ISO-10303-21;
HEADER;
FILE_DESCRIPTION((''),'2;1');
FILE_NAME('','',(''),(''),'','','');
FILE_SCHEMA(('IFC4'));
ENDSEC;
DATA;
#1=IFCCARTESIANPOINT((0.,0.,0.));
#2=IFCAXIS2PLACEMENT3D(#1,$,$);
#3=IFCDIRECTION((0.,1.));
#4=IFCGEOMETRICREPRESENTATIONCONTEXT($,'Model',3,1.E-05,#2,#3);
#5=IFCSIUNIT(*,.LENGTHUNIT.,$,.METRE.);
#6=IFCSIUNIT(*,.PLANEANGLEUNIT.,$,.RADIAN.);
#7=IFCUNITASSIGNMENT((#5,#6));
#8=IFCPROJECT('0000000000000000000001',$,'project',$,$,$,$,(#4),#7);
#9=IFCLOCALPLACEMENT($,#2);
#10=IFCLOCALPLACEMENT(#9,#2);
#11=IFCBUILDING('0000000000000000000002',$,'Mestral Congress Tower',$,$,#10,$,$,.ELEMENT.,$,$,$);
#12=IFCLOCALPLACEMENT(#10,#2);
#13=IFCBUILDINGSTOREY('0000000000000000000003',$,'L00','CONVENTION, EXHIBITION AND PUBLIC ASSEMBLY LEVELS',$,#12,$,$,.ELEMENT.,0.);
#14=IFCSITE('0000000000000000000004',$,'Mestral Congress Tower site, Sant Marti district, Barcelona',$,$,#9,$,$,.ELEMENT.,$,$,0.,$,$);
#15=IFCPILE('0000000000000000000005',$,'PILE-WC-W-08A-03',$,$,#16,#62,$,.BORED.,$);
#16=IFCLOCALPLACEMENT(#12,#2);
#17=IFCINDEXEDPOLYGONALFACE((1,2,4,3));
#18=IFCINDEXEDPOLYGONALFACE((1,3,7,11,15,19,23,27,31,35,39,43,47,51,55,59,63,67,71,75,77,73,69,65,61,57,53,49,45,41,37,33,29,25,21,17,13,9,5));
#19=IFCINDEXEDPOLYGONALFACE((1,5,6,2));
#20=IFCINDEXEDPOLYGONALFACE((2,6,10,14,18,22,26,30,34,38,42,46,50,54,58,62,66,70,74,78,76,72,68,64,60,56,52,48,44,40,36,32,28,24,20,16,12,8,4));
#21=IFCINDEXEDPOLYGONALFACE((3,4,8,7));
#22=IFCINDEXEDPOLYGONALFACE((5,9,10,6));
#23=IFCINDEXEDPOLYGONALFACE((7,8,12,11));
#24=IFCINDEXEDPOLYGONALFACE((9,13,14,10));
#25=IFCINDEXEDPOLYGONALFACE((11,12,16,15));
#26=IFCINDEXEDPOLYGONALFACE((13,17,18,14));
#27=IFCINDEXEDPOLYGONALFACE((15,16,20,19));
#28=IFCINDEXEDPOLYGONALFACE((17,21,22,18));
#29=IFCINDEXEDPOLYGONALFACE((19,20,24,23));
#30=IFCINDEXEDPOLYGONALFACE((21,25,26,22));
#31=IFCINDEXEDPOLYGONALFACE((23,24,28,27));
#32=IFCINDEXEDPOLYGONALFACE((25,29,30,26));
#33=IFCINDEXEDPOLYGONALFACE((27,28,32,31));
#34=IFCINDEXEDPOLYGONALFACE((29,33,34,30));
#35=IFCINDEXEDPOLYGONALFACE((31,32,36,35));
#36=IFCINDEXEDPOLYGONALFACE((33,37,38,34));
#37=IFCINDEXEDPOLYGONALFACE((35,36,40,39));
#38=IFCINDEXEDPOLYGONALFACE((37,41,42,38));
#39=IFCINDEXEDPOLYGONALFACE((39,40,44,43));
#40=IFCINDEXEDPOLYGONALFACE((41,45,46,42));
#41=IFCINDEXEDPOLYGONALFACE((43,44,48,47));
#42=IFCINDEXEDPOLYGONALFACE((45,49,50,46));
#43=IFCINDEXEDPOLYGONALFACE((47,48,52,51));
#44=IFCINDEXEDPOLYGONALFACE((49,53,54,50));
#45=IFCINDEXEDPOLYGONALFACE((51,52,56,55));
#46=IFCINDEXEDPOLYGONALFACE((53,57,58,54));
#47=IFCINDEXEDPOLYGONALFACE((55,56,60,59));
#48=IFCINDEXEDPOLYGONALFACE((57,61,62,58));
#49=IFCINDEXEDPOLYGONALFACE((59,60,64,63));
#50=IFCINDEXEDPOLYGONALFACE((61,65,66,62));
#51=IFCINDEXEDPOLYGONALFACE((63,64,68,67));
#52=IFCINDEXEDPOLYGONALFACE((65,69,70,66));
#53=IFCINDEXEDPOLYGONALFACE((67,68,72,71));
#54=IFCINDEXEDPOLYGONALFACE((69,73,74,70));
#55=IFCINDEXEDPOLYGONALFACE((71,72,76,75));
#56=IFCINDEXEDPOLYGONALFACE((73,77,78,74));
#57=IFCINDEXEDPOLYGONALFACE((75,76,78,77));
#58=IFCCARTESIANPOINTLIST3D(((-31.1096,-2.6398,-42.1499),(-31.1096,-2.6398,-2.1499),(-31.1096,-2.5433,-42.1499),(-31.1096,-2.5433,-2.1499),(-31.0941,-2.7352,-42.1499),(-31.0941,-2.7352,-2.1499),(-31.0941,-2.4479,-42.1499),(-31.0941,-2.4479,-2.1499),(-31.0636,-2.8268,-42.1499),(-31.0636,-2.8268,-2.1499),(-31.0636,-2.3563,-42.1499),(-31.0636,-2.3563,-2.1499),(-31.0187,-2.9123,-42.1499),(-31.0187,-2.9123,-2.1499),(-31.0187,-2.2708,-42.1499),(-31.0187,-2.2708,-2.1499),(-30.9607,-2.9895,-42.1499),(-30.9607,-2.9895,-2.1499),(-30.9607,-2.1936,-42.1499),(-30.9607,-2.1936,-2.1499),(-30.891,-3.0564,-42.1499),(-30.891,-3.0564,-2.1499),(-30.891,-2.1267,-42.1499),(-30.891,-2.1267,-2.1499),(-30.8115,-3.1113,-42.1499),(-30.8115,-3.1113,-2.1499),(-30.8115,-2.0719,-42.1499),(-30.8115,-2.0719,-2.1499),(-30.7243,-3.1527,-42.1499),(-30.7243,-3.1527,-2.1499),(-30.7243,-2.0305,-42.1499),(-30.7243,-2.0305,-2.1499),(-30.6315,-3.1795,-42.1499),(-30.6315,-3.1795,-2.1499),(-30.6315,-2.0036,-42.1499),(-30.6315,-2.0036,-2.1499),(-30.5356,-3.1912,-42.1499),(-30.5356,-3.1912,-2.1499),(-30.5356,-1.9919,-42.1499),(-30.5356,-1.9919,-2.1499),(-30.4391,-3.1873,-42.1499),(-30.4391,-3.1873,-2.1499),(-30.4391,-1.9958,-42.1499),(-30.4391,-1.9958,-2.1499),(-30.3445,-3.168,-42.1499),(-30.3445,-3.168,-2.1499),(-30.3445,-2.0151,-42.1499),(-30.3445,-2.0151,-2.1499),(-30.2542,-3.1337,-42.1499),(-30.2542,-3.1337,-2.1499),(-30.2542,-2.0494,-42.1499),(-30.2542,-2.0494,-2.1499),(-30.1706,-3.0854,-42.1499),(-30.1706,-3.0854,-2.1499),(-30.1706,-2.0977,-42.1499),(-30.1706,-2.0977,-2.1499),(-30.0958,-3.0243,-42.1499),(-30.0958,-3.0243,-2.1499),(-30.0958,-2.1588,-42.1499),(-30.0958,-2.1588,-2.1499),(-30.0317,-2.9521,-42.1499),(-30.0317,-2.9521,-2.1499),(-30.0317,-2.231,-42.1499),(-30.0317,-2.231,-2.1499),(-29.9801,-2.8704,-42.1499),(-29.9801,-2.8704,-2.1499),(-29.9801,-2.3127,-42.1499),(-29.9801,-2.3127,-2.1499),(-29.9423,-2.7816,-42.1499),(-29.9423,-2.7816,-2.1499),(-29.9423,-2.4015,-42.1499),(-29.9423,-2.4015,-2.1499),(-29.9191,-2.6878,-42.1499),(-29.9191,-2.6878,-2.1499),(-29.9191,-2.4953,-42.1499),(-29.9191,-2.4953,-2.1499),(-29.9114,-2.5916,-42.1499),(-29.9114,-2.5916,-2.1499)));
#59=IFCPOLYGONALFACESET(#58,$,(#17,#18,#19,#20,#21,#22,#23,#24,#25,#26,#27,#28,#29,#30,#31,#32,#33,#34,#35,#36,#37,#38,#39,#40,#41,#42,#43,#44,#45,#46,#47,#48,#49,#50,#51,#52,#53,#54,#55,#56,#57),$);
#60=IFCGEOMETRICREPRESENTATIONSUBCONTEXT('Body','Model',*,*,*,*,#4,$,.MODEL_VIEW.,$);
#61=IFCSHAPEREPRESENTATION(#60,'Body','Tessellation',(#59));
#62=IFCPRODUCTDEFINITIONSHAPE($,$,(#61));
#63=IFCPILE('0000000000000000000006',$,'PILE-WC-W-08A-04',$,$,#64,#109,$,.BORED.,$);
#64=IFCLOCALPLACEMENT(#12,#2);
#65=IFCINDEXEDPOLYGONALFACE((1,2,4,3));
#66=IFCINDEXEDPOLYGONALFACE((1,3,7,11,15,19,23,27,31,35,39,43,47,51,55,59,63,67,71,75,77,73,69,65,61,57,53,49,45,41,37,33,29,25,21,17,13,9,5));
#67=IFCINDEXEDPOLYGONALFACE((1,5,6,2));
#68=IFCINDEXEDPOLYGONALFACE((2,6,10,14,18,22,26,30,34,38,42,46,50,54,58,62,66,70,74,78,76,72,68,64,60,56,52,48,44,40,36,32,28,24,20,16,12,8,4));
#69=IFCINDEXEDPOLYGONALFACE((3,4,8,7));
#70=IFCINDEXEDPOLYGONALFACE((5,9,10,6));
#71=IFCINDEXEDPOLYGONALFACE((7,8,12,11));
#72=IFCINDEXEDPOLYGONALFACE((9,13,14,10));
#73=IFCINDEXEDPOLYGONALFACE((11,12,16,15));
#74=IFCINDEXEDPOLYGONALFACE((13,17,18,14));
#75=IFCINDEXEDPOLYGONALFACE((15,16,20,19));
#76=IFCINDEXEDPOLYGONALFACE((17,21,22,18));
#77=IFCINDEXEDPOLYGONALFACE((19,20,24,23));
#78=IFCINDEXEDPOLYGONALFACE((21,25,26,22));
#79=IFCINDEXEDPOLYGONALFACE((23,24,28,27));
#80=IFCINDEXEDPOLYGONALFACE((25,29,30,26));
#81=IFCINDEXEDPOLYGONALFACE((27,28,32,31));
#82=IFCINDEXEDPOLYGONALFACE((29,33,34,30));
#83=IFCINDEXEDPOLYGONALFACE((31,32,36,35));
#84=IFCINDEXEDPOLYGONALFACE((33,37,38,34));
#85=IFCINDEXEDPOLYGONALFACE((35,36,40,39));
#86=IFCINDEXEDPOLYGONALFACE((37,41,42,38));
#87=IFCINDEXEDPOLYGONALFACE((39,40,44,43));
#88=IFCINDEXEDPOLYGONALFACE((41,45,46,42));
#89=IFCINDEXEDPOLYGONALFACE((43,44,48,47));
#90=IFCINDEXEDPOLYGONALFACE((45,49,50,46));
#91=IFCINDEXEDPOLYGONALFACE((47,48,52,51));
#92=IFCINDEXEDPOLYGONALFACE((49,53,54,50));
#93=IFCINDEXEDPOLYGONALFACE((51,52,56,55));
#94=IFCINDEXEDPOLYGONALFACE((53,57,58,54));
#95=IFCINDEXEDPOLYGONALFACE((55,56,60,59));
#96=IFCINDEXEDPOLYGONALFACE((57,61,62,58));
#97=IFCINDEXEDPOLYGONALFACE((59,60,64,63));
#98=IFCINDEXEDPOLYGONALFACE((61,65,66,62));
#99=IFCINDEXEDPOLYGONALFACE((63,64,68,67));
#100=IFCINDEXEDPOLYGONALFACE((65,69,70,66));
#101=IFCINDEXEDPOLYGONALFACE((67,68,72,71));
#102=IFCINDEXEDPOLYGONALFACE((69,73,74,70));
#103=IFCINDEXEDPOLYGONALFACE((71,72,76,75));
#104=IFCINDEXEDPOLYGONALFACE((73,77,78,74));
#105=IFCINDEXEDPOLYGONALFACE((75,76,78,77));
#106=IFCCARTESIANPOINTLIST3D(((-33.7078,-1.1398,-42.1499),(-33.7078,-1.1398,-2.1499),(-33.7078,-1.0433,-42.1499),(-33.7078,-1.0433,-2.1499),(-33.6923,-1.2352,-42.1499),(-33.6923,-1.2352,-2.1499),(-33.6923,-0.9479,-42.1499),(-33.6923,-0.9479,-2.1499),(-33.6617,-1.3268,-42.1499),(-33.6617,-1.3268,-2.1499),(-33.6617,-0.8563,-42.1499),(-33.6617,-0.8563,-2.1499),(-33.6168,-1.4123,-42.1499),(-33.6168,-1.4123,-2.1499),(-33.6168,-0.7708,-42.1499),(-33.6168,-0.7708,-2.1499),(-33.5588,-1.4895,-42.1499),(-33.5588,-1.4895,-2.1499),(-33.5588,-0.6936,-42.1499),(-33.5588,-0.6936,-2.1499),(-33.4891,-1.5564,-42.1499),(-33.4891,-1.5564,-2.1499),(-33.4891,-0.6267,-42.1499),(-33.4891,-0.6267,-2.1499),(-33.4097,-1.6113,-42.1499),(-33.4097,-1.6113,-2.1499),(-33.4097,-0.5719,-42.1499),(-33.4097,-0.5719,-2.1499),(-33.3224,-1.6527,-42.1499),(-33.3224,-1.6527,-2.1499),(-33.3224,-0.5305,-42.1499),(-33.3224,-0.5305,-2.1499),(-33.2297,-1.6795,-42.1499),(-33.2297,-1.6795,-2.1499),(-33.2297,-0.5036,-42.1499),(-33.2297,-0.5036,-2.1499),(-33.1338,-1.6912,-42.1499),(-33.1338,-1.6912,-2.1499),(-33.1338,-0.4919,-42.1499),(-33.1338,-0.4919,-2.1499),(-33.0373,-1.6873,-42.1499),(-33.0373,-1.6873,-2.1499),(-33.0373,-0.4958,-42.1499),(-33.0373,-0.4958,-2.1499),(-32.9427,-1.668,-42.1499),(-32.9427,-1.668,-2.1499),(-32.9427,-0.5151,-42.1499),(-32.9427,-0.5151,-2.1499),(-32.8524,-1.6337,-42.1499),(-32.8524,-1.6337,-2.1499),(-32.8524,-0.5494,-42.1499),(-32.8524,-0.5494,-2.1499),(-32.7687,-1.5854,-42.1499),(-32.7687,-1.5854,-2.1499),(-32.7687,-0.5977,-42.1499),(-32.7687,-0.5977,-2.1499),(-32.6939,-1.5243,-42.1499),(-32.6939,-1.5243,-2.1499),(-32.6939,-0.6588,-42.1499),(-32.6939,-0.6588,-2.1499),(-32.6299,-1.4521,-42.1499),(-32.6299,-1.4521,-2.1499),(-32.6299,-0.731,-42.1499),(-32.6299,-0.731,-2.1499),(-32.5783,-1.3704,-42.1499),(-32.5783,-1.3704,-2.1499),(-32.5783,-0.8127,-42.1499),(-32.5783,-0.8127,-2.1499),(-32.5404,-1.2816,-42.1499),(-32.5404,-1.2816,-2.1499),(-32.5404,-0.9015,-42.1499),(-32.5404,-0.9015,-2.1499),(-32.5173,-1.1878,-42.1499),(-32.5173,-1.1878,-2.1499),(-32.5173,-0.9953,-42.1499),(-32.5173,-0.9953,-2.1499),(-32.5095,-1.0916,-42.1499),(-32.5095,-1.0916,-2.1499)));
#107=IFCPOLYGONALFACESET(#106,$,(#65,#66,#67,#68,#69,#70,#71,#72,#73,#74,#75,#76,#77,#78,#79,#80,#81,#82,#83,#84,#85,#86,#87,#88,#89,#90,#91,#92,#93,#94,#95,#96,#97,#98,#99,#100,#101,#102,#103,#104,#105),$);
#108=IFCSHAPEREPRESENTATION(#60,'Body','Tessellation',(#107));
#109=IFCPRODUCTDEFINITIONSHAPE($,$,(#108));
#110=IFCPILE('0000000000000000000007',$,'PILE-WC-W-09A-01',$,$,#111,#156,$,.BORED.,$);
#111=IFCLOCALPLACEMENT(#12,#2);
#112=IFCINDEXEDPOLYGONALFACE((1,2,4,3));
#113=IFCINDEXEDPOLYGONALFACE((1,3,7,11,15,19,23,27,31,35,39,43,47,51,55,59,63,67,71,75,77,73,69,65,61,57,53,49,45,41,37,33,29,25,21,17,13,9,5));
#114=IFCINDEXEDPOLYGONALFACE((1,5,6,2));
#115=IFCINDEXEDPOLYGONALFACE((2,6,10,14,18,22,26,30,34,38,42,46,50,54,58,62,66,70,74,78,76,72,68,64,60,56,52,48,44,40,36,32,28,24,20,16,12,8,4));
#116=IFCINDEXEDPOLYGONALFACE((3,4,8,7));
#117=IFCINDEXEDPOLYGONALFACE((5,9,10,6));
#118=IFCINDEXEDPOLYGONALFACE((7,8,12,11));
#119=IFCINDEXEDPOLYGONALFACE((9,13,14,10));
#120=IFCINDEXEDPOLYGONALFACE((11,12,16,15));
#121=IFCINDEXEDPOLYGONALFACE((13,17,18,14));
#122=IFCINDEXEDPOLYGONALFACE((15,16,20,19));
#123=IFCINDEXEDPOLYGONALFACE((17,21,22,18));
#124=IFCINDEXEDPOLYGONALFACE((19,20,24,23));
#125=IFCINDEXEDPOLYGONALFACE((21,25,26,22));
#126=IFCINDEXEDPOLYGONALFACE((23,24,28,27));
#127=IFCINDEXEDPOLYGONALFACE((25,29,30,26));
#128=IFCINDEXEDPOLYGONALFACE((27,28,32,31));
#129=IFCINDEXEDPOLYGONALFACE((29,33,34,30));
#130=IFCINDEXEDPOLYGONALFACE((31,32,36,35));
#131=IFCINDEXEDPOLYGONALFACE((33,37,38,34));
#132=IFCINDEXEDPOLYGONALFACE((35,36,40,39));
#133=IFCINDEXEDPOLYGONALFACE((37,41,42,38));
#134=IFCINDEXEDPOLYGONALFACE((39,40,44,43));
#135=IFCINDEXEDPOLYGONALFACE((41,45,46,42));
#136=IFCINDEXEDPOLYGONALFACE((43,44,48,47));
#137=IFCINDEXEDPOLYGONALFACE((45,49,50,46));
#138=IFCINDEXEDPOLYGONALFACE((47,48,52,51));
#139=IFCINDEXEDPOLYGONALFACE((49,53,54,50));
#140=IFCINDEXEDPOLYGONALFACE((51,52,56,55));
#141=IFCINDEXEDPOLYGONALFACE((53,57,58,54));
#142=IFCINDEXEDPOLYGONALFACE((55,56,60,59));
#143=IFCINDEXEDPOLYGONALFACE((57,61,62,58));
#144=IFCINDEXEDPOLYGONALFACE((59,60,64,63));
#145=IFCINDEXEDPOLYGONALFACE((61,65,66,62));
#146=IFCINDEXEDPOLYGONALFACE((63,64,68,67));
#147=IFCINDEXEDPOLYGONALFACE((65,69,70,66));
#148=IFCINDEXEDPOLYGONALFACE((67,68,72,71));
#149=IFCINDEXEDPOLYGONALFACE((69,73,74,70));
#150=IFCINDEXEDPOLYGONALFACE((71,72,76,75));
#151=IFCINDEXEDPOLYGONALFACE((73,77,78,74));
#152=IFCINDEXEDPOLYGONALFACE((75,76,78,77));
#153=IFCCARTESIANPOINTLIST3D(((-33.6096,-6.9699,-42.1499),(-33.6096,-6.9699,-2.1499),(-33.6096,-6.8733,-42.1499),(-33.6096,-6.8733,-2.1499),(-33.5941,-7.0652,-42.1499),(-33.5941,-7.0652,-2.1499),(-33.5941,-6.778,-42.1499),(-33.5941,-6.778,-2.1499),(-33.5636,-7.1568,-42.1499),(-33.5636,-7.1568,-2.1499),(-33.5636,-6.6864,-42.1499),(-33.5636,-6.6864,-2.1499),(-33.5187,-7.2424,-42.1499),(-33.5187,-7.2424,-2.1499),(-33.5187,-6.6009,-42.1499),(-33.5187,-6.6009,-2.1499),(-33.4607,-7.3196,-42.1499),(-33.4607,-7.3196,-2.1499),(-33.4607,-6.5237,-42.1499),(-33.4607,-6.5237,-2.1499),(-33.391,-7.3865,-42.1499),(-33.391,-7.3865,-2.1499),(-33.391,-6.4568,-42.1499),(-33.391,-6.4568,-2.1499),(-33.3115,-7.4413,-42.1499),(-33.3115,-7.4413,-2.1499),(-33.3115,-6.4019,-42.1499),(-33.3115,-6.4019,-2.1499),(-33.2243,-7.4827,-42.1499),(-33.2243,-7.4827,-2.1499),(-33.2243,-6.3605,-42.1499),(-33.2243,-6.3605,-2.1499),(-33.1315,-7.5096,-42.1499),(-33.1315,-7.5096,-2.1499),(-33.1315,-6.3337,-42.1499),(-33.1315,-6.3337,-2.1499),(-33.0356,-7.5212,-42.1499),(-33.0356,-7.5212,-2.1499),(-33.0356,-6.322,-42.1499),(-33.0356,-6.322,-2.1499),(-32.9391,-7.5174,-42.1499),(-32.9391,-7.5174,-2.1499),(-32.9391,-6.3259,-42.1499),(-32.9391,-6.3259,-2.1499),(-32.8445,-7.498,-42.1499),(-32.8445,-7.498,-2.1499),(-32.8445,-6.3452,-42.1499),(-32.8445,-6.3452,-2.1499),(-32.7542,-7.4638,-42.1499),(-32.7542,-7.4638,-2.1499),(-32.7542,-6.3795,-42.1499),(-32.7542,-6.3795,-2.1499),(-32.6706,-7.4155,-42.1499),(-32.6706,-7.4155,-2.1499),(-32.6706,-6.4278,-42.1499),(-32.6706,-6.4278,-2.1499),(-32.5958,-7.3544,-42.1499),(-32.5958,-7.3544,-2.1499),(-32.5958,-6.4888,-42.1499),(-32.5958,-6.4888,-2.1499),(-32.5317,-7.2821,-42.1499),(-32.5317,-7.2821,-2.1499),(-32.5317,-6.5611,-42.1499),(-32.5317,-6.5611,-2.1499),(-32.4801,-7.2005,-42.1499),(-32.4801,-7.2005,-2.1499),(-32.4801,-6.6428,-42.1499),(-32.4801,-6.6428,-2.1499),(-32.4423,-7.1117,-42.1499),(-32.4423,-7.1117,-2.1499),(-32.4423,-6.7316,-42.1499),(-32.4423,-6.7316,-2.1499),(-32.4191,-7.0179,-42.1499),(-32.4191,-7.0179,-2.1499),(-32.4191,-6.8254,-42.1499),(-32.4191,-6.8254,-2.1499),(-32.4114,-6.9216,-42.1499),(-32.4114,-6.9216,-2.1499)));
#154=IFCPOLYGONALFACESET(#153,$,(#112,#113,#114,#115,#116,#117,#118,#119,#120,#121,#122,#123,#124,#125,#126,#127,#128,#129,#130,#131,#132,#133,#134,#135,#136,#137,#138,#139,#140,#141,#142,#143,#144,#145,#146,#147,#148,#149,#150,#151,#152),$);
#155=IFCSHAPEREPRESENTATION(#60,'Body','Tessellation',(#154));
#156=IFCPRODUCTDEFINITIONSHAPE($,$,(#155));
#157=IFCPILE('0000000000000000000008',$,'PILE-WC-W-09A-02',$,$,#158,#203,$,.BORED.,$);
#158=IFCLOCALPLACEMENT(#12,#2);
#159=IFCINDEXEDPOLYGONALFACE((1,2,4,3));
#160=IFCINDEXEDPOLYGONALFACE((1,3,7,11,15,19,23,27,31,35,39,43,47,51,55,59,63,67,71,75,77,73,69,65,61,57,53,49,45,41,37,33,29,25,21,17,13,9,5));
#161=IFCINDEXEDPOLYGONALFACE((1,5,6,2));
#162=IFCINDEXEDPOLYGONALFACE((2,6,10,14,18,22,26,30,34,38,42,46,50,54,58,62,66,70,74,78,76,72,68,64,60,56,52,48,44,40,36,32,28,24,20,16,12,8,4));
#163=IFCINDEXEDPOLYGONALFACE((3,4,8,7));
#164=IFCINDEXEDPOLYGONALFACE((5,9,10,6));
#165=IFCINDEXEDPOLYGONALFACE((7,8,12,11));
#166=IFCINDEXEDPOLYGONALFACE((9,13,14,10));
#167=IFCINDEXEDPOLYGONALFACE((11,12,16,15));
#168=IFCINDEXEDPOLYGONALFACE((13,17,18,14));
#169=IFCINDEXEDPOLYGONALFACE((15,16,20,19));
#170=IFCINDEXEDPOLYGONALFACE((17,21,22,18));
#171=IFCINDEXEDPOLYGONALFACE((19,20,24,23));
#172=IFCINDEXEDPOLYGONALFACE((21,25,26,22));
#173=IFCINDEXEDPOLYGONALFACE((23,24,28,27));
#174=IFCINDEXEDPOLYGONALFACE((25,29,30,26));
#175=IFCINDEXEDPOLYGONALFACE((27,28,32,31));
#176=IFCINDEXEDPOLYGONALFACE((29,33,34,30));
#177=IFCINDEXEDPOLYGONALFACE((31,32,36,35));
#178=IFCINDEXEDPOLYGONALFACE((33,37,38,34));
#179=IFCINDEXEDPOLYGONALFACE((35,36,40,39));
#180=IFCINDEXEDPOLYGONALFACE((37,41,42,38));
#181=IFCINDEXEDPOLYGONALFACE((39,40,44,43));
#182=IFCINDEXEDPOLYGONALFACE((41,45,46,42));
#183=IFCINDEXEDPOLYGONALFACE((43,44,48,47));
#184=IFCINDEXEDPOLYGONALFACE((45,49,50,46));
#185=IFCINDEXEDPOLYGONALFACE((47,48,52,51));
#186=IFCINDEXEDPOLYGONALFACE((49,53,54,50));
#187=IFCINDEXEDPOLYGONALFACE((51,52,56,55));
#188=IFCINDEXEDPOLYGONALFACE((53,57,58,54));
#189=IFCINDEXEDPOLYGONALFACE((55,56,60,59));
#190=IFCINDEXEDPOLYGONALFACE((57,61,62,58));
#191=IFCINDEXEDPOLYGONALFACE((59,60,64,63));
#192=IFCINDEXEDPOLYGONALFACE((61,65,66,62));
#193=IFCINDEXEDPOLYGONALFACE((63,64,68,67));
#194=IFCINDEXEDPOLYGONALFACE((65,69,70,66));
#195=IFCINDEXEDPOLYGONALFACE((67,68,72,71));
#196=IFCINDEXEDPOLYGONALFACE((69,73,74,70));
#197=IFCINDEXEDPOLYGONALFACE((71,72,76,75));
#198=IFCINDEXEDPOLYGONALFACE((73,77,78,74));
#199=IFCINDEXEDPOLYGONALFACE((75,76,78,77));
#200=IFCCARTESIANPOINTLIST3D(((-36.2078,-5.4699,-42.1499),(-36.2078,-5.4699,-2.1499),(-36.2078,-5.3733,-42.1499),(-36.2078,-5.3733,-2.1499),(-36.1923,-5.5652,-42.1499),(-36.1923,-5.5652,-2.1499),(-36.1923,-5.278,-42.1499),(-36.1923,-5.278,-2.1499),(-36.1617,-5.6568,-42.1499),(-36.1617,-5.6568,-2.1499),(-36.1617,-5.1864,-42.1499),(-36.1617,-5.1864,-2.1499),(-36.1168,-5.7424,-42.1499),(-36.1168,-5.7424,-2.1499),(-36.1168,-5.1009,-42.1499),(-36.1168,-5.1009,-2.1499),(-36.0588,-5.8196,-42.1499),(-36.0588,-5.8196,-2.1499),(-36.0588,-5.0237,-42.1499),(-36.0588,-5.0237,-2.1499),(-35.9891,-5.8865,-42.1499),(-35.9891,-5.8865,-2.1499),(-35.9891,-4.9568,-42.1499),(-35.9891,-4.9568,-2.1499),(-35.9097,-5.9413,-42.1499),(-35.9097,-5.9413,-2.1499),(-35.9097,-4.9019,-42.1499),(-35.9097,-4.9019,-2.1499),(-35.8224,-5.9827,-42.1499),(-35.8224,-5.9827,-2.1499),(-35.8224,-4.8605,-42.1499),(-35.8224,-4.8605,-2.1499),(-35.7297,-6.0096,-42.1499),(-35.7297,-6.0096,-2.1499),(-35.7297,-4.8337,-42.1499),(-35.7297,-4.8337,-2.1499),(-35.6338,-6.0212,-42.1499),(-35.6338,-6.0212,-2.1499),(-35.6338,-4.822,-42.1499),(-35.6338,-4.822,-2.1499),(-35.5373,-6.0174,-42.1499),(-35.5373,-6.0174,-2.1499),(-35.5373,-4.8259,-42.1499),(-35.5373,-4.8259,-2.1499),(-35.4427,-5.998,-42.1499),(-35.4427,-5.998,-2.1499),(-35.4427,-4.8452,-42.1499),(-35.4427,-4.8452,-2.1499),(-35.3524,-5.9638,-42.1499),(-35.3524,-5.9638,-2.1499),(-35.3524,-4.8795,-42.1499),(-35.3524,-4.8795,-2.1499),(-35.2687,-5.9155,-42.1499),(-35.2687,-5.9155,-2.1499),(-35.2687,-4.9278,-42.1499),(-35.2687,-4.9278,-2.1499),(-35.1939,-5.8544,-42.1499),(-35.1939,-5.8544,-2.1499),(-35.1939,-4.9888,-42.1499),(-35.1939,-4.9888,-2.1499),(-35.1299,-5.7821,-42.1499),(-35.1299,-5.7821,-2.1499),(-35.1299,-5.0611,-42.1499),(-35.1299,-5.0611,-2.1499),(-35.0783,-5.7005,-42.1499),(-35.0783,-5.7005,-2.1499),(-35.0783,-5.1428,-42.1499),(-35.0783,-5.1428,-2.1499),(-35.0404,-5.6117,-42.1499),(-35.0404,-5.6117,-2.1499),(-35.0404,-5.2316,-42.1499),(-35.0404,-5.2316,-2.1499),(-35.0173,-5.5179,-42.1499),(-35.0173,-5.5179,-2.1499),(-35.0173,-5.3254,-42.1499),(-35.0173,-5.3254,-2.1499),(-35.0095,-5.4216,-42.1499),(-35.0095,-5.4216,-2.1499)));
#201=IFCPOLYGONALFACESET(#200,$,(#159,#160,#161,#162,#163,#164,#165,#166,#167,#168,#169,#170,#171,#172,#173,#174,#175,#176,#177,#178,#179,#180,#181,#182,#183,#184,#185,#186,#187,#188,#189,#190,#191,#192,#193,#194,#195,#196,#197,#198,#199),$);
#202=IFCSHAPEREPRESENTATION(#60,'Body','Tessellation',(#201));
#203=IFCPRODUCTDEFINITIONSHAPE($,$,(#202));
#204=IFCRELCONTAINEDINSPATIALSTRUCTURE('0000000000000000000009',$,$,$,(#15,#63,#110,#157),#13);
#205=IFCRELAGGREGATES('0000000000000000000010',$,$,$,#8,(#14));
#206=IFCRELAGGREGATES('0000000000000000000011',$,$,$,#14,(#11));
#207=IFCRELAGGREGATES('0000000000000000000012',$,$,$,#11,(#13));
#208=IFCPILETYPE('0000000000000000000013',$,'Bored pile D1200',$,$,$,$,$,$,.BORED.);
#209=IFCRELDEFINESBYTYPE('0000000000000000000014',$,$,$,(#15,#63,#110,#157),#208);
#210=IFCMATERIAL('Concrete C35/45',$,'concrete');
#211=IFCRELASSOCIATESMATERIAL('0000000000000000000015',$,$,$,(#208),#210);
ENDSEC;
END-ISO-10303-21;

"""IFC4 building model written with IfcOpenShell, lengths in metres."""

from ifc_helpers import new_model, si_unit, direction, frame, origin, origin_2d, place, context, subcontext, project, spatial, circle, extrude, material, material_profile, profile_set, type_object, element, save


model = new_model("IFC4")

# Units and contexts
model_context = context("Model", 3, precision=1e-05, world=origin(), true_north=direction((0.0, 1.0)))
body_context = subcontext(model_context, "Body", "Model", "MODEL_VIEW")
ifc_project = project(units=[si_unit("LENGTHUNIT", "METRE"), si_unit("PLANEANGLEUNIT", "RADIAN")], contexts=[model_context])

# Site, building, storey
site_placement = place(None, origin())
site = spatial("IfcSite", under=ifc_project, at=site_placement, Name="Mestral Congress Tower site, Sant Marti district, Barcelona", CompositionType="ELEMENT", RefElevation=0.0)
building_placement = place(site_placement, origin())
building = spatial("IfcBuilding", under=site, at=building_placement, Name="Mestral Congress Tower", CompositionType="ELEMENT")
storey_placement = place(building_placement, origin())
storey = spatial("IfcBuildingStorey", under=building, at=storey_placement, Name="L00", Description="CONVENTION, EXHIBITION AND PUBLIC ASSEMBLY LEVELS", CompositionType="ELEMENT", Elevation=0.0)

# Piles
ifc_material_1 = material(Name="Concrete C35/45", Category="concrete")
ifc_material_profile_1 = material_profile(ifc_material_1, circle(Radius=0.6001, at=origin_2d()), Name="D1200")
ifc_profile_set_1 = profile_set([ifc_material_profile_1], Name="Concrete C35/45")
pile_type_1 = type_object("IfcPileType", Name="Bored pile D1200", PredefinedType="BORED", material=ifc_profile_set_1)
for number, where, z_axis, x_axis, name in (
    (1, (-30.5115, -2.5916, -2.1499), (0.0, 0.0, -1.0), (1.0, 0.0, 0.0), "PILE-WC-W-08A-03"),
    (2, (-33.1096, -1.0916, -2.1499), (0.0, 0.0, -1.0), (1.0, 0.0, 0.0), "PILE-WC-W-08A-04"),
    (3, (-33.0115, -6.9216, -2.1499), (0.0, 0.0, -1.0), (1.0, 0.0, 0.0), "PILE-WC-W-09A-01"),
    (4, (-35.6096, -5.4216, -2.1499), (0.0, 0.0, -1.0), (1.0, 0.0, 0.0), "PILE-WC-W-09A-02"),
):
    element("IfcPile", number, at=place(storey_placement, frame(where, z_axis=z_axis, x_axis=x_axis)), inside=storey, type_object=pile_type_1, Name=name, PredefinedType="BORED", context=body_context, shape_type="SweptSolid", body=[
        extrude(circle(Radius=0.6001, at=origin_2d()), origin(), (0.0, 0.0, 1.0), 40.0),
    ])

save(model, "model.ifc")
